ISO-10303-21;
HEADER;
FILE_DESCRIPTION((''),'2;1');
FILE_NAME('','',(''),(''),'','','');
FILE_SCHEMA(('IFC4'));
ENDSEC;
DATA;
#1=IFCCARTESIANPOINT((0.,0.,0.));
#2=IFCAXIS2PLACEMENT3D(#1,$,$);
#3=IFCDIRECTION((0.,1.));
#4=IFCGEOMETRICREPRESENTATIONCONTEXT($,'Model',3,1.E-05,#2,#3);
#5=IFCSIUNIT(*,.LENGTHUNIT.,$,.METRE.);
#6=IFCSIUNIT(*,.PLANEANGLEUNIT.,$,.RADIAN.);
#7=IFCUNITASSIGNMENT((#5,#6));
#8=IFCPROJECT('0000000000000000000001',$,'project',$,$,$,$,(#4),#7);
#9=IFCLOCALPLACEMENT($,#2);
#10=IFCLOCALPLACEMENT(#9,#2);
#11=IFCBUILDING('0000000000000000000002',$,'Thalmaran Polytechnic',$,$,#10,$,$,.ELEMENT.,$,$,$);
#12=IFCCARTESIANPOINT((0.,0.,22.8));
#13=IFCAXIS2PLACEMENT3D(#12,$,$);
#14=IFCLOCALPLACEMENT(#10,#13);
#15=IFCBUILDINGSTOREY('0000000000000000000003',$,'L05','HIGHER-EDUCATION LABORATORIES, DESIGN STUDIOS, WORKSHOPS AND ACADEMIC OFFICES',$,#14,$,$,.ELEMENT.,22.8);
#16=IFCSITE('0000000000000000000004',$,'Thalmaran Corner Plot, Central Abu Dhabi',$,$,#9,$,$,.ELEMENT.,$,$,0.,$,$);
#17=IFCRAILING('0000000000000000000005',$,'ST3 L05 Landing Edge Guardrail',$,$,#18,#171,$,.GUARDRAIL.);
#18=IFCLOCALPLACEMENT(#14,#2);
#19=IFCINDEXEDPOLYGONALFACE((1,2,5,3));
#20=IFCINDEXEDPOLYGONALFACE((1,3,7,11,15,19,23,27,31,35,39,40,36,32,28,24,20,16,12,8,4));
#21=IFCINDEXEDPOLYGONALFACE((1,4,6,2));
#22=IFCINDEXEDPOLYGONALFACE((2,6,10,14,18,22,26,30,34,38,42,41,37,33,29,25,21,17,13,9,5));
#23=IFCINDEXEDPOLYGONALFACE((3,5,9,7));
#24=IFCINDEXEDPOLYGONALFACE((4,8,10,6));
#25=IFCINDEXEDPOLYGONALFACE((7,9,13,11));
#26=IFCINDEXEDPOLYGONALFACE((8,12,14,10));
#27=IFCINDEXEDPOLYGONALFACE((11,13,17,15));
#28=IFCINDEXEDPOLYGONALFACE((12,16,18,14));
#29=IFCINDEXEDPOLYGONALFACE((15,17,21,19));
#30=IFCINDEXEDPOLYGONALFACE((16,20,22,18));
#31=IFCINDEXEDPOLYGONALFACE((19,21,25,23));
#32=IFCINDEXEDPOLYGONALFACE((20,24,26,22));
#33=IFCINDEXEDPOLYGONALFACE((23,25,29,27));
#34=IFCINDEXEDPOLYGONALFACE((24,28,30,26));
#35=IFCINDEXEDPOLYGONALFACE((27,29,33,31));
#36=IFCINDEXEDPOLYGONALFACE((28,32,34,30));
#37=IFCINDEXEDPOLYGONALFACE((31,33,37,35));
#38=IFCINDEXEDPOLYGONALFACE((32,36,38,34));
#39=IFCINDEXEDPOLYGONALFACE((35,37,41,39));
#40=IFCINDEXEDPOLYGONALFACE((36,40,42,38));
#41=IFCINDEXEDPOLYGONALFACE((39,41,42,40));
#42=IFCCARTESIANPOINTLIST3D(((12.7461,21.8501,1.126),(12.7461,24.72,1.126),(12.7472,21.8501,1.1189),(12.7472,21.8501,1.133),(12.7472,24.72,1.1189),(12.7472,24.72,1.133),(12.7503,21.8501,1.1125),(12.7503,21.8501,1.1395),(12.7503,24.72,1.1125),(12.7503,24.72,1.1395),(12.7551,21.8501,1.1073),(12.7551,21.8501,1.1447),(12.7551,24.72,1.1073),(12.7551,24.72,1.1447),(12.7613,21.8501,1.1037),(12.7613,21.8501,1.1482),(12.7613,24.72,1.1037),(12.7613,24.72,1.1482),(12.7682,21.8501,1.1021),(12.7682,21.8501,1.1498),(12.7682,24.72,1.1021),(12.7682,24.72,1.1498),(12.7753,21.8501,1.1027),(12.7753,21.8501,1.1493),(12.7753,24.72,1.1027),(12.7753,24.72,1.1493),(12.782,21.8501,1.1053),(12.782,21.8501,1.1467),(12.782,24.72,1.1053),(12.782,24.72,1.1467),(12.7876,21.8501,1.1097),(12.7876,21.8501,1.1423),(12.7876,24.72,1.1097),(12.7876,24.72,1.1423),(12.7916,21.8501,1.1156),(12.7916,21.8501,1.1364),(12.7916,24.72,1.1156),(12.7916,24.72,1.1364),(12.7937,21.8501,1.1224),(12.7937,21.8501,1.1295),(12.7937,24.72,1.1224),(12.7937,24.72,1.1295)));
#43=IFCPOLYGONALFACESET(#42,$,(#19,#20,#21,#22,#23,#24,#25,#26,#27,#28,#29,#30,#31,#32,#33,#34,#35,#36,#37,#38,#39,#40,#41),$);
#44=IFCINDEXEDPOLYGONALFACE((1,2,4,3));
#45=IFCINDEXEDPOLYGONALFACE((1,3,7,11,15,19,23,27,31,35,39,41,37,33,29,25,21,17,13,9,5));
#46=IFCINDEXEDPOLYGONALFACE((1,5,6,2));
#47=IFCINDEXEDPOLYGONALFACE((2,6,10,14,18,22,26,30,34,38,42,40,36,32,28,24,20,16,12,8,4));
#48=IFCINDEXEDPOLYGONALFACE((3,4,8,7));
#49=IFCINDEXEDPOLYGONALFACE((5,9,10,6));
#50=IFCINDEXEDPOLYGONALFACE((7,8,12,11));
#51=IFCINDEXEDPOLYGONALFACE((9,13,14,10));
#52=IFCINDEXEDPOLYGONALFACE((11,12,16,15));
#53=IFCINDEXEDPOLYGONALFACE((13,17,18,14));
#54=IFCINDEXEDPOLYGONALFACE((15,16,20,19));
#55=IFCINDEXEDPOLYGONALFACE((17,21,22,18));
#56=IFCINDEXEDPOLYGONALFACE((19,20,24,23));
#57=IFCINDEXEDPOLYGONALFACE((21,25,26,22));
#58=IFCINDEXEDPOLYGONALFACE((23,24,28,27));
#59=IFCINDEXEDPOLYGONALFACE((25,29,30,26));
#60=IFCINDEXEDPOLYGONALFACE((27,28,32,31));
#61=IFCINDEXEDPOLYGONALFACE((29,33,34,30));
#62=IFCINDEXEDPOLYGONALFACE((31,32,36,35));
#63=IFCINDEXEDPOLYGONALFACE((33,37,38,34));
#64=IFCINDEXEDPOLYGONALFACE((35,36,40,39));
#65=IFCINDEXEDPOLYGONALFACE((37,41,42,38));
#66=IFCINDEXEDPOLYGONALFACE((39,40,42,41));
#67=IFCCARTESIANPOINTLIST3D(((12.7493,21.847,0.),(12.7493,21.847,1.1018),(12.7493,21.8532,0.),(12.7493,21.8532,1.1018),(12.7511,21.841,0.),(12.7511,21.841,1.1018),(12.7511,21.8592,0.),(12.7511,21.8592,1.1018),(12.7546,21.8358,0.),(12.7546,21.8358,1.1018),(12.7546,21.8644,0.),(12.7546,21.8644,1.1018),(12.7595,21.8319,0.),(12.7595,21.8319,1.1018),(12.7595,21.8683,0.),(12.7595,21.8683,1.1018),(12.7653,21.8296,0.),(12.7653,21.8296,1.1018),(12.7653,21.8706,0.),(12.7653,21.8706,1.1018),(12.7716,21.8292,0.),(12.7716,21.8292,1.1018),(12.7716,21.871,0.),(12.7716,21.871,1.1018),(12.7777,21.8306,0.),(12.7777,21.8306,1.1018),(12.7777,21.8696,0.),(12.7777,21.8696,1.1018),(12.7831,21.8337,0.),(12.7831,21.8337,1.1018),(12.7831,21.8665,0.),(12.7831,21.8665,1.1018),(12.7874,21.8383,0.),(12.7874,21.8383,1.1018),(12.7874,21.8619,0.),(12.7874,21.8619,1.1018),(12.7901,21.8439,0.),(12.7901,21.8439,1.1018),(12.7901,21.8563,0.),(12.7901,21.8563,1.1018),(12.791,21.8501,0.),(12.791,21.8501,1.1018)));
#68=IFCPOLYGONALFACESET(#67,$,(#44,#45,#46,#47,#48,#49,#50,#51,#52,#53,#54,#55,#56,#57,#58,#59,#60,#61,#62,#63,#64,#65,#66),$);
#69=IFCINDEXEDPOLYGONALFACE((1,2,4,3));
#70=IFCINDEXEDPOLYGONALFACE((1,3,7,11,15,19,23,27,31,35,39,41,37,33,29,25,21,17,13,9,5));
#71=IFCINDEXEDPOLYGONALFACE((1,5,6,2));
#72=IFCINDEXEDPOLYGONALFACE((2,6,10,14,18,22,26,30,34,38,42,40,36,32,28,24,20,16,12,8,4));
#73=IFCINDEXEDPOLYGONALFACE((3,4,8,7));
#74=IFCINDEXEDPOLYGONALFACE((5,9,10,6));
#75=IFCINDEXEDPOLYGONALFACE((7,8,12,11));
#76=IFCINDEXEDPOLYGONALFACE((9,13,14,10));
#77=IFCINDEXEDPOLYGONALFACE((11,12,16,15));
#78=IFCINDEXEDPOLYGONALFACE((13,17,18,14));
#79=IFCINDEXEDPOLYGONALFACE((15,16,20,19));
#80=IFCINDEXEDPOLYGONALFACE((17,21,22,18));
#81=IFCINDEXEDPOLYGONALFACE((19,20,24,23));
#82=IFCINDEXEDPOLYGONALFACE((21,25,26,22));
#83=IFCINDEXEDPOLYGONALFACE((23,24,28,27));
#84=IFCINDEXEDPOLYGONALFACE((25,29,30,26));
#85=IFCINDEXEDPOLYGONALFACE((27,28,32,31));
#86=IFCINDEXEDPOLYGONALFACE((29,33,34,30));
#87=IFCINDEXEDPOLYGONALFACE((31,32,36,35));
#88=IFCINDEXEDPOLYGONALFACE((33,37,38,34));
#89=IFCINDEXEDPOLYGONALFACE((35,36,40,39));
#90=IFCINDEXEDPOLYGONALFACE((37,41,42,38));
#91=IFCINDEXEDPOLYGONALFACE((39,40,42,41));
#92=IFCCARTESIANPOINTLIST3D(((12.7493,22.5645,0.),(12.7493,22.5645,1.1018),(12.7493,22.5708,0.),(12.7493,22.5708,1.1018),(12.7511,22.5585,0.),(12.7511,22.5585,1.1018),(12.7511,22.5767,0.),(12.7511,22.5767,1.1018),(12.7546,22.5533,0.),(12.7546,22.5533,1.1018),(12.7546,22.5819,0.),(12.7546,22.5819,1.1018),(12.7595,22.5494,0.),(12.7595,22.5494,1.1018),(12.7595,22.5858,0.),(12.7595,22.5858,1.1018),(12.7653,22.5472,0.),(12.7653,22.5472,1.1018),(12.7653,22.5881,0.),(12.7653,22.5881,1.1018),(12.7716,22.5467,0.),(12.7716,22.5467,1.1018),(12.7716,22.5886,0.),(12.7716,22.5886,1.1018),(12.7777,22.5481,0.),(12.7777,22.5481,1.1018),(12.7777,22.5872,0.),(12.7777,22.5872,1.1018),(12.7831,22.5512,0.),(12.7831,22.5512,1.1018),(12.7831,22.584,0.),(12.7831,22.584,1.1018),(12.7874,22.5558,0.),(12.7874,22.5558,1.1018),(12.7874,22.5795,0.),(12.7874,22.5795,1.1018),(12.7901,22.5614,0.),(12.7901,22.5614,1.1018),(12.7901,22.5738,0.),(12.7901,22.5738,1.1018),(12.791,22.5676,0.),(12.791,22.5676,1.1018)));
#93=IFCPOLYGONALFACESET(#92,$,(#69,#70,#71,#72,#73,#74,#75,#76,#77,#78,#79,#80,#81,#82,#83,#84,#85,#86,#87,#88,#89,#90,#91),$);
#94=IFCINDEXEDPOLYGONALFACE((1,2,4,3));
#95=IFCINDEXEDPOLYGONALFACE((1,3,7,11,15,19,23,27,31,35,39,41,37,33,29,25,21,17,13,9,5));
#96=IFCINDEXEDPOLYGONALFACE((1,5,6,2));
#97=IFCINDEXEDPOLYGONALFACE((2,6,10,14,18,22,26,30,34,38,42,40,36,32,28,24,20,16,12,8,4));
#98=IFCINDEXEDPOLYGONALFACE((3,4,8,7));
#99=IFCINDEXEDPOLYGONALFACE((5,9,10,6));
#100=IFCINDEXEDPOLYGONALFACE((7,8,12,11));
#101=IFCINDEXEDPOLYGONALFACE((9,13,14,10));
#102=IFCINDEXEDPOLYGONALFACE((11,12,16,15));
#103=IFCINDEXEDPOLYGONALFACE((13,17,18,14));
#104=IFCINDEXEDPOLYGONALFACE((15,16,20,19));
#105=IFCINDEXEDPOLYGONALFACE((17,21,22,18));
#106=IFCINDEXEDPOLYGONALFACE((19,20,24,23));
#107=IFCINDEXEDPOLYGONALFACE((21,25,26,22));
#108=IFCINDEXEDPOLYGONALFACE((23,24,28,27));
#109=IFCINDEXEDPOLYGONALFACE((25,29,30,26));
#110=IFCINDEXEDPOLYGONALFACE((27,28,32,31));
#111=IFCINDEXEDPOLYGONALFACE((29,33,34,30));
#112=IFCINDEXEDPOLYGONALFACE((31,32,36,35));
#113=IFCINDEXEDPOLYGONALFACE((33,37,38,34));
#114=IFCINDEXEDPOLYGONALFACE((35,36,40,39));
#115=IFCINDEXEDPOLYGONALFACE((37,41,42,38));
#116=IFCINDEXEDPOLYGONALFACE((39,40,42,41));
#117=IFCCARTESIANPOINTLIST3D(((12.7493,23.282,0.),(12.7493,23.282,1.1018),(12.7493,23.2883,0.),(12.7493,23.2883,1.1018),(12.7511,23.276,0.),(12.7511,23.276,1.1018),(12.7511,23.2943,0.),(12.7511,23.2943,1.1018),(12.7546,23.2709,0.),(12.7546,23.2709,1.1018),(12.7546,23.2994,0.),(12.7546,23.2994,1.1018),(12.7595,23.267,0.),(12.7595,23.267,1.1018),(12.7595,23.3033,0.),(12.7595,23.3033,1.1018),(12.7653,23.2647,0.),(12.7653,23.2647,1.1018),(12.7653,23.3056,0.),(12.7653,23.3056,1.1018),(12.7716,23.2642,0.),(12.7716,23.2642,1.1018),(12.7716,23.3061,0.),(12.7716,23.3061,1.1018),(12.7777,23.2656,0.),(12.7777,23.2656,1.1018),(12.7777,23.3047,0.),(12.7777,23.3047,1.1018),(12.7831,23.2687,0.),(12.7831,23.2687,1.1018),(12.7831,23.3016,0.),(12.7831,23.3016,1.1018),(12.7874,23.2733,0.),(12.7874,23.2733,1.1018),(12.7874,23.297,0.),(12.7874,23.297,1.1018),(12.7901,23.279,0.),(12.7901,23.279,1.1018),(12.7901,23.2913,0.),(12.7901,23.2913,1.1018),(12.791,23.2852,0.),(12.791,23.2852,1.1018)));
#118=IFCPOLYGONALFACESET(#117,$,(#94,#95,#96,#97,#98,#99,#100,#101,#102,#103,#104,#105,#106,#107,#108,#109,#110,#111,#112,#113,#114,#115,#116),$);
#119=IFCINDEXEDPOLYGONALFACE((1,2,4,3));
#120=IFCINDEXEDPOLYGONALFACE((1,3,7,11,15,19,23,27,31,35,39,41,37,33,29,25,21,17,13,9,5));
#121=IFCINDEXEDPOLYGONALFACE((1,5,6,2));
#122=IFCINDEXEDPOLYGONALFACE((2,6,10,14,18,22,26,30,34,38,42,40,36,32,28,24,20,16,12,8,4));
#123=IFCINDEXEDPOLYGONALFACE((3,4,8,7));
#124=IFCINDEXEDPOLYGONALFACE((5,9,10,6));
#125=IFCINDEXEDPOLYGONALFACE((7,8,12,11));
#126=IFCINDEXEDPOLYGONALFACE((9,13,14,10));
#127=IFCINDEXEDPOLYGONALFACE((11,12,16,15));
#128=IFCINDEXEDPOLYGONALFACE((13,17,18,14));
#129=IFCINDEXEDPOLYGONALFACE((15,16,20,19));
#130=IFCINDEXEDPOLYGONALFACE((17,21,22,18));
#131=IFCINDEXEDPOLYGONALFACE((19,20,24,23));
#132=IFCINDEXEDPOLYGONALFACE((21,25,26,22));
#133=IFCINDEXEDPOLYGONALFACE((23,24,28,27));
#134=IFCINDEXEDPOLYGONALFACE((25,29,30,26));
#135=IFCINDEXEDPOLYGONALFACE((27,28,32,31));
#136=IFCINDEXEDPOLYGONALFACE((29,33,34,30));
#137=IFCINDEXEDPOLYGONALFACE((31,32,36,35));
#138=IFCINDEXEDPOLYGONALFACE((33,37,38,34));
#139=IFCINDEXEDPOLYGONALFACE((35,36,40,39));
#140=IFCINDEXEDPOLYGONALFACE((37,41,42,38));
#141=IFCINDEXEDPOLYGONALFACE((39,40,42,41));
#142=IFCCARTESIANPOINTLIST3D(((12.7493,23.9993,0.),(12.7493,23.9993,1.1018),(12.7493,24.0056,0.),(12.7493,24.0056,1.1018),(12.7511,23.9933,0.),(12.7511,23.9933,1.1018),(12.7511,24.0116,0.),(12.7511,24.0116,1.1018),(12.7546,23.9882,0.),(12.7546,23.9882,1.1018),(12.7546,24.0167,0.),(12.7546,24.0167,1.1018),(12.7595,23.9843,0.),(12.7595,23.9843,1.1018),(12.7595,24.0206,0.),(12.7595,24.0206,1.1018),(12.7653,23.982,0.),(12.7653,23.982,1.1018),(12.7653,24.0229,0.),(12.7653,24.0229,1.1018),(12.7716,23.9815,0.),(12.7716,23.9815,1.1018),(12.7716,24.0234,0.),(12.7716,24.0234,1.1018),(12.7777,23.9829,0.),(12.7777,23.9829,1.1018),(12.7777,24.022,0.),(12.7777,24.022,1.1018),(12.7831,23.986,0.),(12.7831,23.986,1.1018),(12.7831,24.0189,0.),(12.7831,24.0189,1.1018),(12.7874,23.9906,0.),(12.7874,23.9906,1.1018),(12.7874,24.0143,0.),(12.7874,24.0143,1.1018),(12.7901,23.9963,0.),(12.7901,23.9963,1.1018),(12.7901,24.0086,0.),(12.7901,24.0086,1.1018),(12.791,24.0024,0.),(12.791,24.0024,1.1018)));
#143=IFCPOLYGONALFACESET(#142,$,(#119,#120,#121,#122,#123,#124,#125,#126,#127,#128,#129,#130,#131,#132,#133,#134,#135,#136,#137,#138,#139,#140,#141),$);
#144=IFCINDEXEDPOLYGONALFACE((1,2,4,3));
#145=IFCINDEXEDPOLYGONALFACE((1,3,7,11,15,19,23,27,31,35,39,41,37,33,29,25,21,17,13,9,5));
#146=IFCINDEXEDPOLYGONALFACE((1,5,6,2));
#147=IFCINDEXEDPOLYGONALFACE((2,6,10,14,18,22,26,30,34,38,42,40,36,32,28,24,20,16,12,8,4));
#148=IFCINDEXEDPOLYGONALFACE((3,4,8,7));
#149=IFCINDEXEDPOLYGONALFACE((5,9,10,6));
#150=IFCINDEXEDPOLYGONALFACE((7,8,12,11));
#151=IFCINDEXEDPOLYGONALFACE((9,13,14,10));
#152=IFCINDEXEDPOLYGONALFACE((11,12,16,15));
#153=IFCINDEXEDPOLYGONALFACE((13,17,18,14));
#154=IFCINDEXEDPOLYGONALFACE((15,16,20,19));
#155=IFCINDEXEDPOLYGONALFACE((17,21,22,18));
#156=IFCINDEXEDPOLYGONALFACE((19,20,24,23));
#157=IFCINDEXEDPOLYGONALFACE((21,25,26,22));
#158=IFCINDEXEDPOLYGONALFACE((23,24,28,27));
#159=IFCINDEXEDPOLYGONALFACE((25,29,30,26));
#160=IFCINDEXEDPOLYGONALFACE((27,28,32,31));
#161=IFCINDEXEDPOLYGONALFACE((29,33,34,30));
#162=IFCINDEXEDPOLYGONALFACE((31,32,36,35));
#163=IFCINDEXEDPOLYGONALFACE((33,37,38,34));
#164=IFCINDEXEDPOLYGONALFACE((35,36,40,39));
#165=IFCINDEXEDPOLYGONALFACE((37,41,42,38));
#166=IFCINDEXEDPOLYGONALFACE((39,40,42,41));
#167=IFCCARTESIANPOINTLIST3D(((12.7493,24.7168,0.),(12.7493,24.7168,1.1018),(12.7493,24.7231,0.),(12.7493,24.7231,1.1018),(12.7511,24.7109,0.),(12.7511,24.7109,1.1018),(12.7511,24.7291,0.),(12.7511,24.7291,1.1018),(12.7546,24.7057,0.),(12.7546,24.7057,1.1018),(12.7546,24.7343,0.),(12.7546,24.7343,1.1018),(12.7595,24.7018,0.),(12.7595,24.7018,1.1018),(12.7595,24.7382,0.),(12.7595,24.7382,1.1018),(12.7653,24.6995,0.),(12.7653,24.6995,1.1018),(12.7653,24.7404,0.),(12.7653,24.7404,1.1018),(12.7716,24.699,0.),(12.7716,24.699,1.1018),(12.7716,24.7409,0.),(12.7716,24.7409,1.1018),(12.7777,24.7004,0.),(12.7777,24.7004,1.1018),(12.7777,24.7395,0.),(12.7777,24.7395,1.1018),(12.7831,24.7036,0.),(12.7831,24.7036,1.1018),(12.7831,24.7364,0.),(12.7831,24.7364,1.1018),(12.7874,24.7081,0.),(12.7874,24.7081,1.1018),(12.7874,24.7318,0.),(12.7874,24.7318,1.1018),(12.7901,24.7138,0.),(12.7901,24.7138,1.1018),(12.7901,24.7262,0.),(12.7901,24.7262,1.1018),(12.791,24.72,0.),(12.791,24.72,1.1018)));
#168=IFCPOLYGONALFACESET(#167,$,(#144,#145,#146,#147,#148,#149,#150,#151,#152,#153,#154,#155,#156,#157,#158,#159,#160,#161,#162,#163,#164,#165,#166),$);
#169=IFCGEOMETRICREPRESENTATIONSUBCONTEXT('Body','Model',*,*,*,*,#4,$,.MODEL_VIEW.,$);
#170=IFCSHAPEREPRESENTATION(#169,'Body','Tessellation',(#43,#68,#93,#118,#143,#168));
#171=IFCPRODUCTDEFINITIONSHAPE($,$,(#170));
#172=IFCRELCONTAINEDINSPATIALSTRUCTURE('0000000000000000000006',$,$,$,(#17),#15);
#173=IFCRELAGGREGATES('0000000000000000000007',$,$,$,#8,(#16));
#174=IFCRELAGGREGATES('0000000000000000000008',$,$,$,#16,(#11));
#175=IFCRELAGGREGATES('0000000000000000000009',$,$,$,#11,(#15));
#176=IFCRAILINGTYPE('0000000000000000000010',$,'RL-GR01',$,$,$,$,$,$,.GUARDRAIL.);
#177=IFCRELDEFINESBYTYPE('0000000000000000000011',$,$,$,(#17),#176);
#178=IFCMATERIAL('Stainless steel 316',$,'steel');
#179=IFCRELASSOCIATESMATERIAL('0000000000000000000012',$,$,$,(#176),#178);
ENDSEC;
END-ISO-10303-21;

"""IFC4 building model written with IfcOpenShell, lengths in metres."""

from ifc_helpers import new_model, si_unit, direction, frame, origin, origin_2d, place, context, subcontext, project, spatial, circle, extrude, material, type_object, element, save


model = new_model("IFC4")

# Units and contexts
model_context = context("Model", 3, precision=1e-05, world=origin(), true_north=direction((0.0, 1.0)))
body_context = subcontext(model_context, "Body", "Model", "MODEL_VIEW")
ifc_project = project(units=[si_unit("LENGTHUNIT", "METRE"), si_unit("PLANEANGLEUNIT", "RADIAN")], contexts=[model_context])

# Site, building, storey
site_placement = place(None, origin())
site = spatial("IfcSite", under=ifc_project, at=site_placement, Name="Thalmaran Corner Plot, Central Abu Dhabi", CompositionType="ELEMENT", RefElevation=0.0)
building_placement = place(site_placement, origin())
building = spatial("IfcBuilding", under=site, at=building_placement, Name="Thalmaran Polytechnic", CompositionType="ELEMENT")
storey_placement = place(building_placement, frame((0.0, 0.0, 22.8)))
storey = spatial("IfcBuildingStorey", under=building, at=storey_placement, Name="L05", Description="HIGHER-EDUCATION LABORATORIES, DESIGN STUDIOS, WORKSHOPS AND ACADEMIC OFFICES", CompositionType="ELEMENT", Elevation=22.8)

# Railing
ifc_material_1 = material(Name="Stainless steel 316", Category="steel")
railing_type_1 = type_object("IfcRailingType", Name="RL-GR01", PredefinedType="GUARDRAIL", material=ifc_material_1)
railing_1_placement = place(storey_placement, frame((12.77, 21.8501, 0.0)))
element("IfcRailing", 1, at=railing_1_placement, inside=storey, type_object=railing_type_1, Name="ST3 L05 Landing Edge Guardrail", PredefinedType="GUARDRAIL", context=body_context, shape_type="SweptSolid", body=[
    extrude(circle(Radius=0.0239, at=origin_2d()), frame((0.0, 0.0, 1.126), z_axis=(0.0, 1.0, 0.0), x_axis=(-1.0, 0.0, 0.0)), (0.0, 0.0, 1.0), 2.8699),
    extrude(circle(Radius=0.021, at=origin_2d()), origin(), (0.0, 0.0, 1.0), 1.1018),
    extrude(circle(Radius=0.021, at=origin_2d()), frame((0.0, 0.7175, 0.0)), (0.0, 0.0, 1.0), 1.1018),
    extrude(circle(Radius=0.021, at=origin_2d()), frame((0.0, 1.4351, 0.0)), (0.0, 0.0, 1.0), 1.1018),
    extrude(circle(Radius=0.021, at=origin_2d()), frame((0.0, 2.1523, 0.0)), (0.0, 0.0, 1.0), 1.1018),
    extrude(circle(Radius=0.021, at=origin_2d()), frame((0.0, 2.8699, 0.0)), (0.0, 0.0, 1.0), 1.1018),
])

save(model, "model.ifc")
